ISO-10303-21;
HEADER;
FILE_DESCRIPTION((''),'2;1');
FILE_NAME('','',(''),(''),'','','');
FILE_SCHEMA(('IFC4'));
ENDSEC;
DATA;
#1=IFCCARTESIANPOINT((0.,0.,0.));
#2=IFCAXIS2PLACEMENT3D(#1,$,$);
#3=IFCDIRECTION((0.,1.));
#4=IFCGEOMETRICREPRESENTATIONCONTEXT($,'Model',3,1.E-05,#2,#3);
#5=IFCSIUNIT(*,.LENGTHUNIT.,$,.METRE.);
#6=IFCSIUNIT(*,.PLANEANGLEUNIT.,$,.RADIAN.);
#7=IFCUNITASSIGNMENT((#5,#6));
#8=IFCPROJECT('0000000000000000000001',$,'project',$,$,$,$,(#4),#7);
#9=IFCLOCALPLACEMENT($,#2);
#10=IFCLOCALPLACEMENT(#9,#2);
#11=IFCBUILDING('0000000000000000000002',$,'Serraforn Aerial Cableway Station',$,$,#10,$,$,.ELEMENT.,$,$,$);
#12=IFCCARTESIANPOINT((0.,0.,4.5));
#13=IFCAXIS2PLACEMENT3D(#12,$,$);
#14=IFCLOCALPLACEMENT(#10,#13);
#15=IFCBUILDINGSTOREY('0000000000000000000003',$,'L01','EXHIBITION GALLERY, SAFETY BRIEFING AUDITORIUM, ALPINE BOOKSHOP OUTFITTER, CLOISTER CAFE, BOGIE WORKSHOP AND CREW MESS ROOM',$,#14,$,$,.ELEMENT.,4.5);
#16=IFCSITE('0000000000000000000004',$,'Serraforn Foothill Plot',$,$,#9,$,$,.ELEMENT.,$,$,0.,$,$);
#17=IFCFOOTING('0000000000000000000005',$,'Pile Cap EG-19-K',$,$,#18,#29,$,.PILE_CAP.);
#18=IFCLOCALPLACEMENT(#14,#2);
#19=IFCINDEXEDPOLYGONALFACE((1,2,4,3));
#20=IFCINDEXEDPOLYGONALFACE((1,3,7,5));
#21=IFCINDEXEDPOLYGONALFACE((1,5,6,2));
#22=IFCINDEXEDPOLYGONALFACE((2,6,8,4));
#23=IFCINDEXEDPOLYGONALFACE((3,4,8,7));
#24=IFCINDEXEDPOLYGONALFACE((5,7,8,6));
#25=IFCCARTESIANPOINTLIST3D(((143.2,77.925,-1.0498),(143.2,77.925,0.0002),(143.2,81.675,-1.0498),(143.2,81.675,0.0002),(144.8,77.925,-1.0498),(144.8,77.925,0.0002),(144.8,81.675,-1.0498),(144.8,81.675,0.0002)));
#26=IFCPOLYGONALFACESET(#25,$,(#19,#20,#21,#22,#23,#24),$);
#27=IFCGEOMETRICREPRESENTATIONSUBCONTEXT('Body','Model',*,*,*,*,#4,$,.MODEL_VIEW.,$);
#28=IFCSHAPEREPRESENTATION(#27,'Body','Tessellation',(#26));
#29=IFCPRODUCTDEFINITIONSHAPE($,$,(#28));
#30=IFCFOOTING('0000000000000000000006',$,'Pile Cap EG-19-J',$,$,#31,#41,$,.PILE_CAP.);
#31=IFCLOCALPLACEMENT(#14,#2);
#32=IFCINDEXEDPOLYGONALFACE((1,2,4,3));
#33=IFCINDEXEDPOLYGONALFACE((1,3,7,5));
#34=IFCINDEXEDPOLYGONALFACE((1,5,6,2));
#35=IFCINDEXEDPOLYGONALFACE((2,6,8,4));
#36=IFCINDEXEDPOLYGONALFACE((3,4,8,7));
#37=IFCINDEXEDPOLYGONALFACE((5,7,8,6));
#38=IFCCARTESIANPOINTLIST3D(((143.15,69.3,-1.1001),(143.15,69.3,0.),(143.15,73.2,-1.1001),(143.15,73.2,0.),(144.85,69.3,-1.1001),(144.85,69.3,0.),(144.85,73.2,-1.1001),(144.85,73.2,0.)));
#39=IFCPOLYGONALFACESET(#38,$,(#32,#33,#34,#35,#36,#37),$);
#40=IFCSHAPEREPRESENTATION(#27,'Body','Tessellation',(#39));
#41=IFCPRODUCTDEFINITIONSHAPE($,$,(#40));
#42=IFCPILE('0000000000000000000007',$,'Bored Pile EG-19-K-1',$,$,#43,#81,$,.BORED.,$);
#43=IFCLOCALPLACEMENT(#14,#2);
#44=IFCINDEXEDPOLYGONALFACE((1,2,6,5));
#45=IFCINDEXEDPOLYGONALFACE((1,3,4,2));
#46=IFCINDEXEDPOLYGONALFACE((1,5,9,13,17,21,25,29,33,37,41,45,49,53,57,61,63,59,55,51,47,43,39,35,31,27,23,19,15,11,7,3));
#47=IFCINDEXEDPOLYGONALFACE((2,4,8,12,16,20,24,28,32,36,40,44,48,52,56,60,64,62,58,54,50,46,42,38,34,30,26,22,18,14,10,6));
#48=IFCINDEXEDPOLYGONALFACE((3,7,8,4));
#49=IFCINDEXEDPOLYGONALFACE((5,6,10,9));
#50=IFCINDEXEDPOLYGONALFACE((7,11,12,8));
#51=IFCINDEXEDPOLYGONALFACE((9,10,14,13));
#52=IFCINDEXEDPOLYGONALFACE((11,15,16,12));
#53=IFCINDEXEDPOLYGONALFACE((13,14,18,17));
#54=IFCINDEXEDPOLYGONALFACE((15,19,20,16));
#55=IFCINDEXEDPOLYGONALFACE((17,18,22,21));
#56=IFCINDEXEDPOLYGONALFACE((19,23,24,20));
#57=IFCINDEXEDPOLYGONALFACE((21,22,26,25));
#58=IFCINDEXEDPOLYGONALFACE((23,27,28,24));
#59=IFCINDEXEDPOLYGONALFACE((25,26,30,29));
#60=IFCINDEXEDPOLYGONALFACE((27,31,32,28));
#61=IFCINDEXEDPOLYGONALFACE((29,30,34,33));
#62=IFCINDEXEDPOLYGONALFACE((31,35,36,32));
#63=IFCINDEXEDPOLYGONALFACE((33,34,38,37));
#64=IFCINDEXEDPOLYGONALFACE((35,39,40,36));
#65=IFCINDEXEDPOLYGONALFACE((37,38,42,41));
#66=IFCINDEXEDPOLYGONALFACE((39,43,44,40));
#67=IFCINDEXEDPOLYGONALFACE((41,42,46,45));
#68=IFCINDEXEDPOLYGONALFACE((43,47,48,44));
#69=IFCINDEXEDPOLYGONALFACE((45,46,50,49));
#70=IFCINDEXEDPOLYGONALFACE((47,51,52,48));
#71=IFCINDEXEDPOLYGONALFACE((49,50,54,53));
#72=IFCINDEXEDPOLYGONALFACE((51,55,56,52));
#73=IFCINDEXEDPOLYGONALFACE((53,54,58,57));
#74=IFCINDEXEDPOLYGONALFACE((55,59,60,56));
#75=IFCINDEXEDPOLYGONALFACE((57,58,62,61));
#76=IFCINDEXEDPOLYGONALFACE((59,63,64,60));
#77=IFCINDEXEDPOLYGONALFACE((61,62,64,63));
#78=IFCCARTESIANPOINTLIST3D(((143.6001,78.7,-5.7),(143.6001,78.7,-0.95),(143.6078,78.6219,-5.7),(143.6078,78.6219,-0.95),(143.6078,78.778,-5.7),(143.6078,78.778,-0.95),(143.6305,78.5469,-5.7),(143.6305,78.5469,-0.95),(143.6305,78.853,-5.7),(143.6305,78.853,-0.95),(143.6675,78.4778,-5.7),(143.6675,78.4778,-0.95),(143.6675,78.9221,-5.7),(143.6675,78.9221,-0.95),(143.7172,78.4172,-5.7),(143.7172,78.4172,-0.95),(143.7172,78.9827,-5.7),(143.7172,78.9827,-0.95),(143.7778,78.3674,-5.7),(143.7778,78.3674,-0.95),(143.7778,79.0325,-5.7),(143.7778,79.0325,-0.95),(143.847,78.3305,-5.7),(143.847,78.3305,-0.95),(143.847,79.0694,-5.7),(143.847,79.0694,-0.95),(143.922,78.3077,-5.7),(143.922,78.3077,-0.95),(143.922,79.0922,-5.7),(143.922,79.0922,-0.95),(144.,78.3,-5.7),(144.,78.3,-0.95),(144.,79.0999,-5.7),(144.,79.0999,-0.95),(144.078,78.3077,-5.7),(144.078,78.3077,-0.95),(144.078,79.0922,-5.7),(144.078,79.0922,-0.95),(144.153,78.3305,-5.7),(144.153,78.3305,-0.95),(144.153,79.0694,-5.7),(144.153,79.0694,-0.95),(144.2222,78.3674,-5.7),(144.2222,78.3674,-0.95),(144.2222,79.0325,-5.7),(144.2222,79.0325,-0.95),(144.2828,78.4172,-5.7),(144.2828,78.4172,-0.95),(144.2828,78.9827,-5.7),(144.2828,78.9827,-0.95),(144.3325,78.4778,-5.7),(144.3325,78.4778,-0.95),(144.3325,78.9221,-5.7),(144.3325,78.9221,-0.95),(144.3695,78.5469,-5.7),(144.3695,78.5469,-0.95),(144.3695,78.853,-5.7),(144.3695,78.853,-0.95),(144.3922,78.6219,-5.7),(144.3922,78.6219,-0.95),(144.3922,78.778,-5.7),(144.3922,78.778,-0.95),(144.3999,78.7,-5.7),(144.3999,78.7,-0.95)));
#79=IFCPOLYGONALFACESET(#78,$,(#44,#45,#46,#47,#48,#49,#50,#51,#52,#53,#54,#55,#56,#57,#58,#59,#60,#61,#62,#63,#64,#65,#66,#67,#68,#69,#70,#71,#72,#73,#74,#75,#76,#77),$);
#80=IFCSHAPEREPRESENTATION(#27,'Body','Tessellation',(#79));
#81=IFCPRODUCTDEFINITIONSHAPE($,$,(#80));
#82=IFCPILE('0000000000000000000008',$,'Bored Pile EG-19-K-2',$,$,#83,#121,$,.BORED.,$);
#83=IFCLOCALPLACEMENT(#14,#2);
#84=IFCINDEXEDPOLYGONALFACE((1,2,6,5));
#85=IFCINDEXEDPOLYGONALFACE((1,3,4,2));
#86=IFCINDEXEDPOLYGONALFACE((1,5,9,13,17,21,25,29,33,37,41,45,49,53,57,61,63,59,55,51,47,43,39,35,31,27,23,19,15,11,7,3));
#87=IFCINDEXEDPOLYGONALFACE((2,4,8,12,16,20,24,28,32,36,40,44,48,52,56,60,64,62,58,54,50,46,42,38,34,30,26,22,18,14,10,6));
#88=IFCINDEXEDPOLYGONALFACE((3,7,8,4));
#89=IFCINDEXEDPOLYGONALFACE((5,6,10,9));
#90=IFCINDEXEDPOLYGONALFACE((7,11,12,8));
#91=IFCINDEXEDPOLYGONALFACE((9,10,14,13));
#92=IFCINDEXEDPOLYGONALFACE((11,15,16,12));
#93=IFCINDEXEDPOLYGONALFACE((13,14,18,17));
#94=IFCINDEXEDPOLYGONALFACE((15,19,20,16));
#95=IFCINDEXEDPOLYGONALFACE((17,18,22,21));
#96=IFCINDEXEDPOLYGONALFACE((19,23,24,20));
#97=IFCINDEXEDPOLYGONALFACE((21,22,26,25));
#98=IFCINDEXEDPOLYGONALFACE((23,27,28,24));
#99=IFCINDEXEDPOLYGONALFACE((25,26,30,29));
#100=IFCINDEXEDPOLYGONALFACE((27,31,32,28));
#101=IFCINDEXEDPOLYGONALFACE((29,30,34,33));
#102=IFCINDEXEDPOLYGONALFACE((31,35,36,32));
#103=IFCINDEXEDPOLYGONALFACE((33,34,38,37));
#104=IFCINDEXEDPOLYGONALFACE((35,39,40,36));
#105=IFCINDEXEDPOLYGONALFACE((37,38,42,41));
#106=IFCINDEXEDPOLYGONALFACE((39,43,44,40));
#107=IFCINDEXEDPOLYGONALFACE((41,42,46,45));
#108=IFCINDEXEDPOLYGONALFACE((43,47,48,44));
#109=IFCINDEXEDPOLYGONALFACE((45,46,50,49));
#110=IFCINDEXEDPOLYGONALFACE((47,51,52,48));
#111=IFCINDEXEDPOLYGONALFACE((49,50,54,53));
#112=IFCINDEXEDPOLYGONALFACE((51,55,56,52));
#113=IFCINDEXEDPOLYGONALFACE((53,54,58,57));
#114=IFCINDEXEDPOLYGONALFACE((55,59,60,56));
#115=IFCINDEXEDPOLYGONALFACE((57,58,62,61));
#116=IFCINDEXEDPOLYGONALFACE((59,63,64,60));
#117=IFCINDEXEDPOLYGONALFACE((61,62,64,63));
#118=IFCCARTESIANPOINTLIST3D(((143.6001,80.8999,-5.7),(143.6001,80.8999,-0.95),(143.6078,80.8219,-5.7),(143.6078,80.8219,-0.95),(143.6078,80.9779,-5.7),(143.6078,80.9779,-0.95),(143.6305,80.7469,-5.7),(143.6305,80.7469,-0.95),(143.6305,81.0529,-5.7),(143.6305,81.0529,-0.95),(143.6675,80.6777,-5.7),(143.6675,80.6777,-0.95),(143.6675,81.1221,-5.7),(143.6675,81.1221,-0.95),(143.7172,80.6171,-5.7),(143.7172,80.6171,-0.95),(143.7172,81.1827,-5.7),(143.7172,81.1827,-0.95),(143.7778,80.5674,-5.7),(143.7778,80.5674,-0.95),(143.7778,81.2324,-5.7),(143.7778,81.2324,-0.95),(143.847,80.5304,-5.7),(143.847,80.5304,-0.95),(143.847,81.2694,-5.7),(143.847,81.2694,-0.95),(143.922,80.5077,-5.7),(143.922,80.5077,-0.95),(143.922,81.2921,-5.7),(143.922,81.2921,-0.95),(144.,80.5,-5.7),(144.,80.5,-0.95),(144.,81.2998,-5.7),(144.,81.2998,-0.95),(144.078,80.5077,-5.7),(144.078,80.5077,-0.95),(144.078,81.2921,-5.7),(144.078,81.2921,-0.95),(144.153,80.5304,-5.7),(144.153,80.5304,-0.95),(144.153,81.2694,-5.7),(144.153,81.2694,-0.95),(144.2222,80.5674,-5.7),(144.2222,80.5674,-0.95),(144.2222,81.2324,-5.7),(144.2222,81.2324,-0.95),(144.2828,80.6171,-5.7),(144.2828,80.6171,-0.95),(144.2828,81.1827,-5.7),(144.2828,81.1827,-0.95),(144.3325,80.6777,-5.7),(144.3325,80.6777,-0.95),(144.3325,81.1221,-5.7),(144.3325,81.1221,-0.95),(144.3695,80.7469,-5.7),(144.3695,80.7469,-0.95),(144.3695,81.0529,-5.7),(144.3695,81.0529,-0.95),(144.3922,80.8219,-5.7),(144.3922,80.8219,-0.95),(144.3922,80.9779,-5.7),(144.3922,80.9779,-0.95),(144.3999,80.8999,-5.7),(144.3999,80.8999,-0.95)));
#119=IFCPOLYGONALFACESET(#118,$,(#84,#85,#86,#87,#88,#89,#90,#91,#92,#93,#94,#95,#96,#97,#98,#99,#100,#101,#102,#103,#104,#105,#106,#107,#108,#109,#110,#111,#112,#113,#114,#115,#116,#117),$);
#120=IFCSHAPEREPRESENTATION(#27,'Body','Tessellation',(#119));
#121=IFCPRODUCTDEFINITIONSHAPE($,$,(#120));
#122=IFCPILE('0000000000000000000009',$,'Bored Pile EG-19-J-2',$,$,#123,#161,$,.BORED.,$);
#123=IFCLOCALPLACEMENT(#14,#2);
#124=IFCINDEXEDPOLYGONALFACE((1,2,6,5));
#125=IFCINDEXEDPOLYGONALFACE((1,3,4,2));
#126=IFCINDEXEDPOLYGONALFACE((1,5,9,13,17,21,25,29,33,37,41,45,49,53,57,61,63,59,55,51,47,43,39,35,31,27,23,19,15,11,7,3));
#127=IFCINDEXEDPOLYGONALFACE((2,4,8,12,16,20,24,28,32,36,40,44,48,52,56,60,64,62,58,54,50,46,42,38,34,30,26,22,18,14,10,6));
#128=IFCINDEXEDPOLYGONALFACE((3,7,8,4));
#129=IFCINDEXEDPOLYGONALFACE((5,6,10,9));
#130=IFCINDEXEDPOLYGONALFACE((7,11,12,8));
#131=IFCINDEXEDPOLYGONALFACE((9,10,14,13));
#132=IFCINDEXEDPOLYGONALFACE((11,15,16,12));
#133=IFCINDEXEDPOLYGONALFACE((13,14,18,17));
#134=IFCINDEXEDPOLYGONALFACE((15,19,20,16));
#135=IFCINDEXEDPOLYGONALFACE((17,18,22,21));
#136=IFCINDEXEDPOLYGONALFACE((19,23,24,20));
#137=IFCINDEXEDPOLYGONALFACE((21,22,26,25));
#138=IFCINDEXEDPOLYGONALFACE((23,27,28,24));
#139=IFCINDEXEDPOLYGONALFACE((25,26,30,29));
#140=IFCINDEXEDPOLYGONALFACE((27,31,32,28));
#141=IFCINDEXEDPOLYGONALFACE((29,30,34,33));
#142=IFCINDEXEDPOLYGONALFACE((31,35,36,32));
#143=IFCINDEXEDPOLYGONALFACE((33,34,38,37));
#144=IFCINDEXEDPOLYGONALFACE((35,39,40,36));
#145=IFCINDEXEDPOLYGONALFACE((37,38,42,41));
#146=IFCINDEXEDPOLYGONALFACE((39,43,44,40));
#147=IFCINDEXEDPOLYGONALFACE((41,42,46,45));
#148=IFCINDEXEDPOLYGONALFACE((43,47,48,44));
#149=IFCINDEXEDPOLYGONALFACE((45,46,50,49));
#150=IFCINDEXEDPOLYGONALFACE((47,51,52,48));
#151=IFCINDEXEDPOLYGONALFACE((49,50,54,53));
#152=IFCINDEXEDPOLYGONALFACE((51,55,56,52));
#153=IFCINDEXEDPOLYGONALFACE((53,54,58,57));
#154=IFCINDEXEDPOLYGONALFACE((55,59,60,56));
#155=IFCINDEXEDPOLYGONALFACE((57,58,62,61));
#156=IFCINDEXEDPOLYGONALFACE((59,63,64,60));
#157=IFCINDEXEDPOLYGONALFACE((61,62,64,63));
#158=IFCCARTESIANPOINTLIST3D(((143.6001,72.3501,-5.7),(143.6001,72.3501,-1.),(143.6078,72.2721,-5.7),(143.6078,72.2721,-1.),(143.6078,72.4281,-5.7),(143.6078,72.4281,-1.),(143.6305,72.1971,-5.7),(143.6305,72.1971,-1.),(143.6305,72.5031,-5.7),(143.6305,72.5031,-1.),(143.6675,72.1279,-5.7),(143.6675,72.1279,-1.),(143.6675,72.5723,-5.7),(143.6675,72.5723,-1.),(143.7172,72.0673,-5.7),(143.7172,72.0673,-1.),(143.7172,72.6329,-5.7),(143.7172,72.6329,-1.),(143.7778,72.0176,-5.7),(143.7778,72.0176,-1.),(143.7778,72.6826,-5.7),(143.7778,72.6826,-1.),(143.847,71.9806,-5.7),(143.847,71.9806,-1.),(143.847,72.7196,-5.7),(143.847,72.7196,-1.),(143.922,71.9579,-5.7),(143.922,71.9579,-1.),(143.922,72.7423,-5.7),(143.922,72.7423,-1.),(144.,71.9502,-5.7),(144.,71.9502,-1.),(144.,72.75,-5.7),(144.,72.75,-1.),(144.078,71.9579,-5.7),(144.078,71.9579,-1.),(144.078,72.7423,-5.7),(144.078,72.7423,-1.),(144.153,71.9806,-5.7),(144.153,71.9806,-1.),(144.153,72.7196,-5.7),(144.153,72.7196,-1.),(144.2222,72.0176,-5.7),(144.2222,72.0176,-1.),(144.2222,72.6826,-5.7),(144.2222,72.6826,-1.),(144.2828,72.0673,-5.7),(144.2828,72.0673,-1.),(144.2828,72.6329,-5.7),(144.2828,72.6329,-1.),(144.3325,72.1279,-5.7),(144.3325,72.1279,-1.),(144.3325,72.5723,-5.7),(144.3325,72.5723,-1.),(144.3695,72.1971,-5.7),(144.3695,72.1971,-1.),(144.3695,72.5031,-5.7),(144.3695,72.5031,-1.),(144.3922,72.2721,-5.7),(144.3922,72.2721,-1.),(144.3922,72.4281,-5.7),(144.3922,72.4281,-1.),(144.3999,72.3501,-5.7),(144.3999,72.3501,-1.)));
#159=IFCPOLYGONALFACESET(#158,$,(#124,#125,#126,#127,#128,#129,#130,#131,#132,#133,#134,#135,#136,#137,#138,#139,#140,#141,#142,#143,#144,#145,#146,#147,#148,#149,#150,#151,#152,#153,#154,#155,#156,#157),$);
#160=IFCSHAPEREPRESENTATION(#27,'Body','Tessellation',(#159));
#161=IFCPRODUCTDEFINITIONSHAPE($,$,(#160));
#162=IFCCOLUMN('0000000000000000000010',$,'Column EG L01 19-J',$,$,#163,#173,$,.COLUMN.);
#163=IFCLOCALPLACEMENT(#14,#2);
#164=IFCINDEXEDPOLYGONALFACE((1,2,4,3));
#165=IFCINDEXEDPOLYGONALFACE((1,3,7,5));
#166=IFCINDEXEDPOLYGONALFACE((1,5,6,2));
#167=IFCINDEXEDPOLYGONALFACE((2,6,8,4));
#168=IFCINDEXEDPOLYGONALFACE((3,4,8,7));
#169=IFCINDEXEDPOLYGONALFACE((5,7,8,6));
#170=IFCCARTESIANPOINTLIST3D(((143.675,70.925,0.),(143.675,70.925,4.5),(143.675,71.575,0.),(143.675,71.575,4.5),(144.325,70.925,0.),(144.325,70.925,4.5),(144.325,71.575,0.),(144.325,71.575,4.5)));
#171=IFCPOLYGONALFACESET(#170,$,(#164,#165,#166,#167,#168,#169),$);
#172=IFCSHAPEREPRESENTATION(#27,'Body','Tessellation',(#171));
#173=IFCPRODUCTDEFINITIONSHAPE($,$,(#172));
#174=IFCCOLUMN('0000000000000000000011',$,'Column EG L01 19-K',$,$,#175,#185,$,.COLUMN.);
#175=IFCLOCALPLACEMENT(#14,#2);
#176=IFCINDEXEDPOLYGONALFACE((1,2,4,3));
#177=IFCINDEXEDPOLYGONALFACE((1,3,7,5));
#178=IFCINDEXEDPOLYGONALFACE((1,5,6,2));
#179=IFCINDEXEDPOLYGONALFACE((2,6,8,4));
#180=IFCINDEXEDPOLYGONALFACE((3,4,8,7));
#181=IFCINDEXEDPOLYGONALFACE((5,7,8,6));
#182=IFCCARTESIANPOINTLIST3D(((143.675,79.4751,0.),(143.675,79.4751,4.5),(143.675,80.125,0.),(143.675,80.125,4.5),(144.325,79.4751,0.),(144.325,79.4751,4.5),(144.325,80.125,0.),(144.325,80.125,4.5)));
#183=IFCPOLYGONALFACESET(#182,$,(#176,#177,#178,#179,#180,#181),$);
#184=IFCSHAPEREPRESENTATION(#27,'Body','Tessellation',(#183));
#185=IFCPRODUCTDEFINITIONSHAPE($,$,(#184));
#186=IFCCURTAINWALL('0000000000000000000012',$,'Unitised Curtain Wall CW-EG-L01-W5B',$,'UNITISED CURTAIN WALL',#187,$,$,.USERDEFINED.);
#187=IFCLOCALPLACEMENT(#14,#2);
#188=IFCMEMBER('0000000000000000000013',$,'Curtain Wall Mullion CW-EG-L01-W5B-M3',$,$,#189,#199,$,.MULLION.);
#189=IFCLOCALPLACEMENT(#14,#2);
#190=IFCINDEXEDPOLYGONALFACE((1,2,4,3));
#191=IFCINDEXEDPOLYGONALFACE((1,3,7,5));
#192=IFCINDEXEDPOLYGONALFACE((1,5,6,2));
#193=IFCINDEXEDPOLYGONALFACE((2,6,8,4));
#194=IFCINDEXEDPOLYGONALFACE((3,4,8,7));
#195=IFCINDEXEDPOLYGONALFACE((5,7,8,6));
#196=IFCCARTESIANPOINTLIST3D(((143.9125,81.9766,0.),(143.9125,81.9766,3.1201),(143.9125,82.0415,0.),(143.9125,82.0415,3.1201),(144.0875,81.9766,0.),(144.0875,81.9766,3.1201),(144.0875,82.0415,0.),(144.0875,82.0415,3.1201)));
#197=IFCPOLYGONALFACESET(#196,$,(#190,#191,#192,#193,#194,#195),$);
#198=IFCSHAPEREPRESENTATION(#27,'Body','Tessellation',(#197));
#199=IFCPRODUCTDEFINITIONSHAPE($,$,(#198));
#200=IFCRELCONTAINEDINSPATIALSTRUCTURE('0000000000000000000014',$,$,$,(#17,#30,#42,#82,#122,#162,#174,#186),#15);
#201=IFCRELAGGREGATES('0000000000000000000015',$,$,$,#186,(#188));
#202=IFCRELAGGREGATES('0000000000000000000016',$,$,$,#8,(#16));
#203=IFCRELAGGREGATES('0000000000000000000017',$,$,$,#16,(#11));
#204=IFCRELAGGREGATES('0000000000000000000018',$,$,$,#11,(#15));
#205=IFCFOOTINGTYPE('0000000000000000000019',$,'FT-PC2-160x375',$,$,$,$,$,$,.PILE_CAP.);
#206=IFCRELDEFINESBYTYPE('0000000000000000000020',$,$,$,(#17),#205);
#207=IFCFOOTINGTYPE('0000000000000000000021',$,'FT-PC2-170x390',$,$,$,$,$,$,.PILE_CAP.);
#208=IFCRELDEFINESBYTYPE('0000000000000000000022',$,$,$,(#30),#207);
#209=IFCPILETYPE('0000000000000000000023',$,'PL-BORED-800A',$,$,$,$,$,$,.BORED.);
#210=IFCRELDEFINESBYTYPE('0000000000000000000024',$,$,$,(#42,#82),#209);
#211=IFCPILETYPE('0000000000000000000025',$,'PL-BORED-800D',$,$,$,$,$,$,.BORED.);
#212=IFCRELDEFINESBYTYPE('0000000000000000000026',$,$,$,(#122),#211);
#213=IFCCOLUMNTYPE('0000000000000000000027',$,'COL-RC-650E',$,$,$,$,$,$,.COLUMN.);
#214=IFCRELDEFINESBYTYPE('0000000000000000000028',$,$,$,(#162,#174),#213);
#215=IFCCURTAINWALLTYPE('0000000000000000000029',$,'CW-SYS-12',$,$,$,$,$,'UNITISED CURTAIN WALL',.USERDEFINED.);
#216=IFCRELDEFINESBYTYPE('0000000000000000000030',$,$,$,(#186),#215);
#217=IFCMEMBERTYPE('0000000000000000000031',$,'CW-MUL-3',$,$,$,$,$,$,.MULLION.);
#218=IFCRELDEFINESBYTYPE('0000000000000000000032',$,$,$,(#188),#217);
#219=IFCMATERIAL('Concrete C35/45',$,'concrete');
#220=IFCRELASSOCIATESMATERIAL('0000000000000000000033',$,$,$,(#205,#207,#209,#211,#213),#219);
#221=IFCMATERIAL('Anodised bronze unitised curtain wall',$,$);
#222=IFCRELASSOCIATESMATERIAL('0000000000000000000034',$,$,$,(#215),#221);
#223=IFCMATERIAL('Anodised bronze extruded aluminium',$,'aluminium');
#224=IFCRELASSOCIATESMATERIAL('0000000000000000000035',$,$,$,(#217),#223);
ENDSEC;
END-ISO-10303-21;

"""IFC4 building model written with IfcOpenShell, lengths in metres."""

from ifc_helpers import new_model, si_unit, direction, frame, origin, origin_2d, place, context, subcontext, project, spatial, rectangle, circle, extrude, material, material_profile, profile_set, type_object, element, aggregate, save


model = new_model("IFC4")

# Units and contexts
model_context = context("Model", 3, precision=1e-05, world=origin(), true_north=direction((0.0, 1.0)))
body_context = subcontext(model_context, "Body", "Model", "MODEL_VIEW")
ifc_project = project(units=[si_unit("LENGTHUNIT", "METRE"), si_unit("PLANEANGLEUNIT", "RADIAN")], contexts=[model_context])

# Site, building, storey
site_placement = place(None, origin())
site = spatial("IfcSite", under=ifc_project, at=site_placement, Name="Serraforn Foothill Plot", CompositionType="ELEMENT", RefElevation=0.0)
building_placement = place(site_placement, origin())
building = spatial("IfcBuilding", under=site, at=building_placement, Name="Serraforn Aerial Cableway Station", CompositionType="ELEMENT")
storey_placement = place(building_placement, frame((0.0, 0.0, 4.5)))
storey = spatial("IfcBuildingStorey", under=building, at=storey_placement, Name="L01", Description="EXHIBITION GALLERY, SAFETY BRIEFING AUDITORIUM, ALPINE BOOKSHOP OUTFITTER, CLOISTER CAFE, BOGIE WORKSHOP AND CREW MESS ROOM", CompositionType="ELEMENT", Elevation=4.5)

# Footings
ifc_material_1 = material(Name="Concrete C35/45", Category="concrete")
footing_type_1 = type_object("IfcFootingType", Name="FT-PC2-160x375", PredefinedType="PILE_CAP", material=ifc_material_1)
footing_1_placement = place(storey_placement, frame((144.0, 79.8, -1.0498), z_axis=(0.0, 0.0, 1.0), x_axis=(1.0, 0.0, 0.0)))
element("IfcFooting", 1, at=footing_1_placement, inside=storey, type_object=footing_type_1, Name="Pile Cap EG-19-K", PredefinedType="PILE_CAP", context=body_context, shape_type="SweptSolid", body=[
    extrude(rectangle(XDim=1.6001, YDim=3.75, at=origin_2d()), origin(), (0.0, 0.0, 1.0), 1.05),
])
footing_type_2 = type_object("IfcFootingType", Name="FT-PC2-170x390", PredefinedType="PILE_CAP", material=ifc_material_1)
footing_2_placement = place(storey_placement, frame((144.0, 71.25, -1.1001), z_axis=(0.0, 0.0, 1.0), x_axis=(1.0, 0.0, 0.0)))
element("IfcFooting", 2, at=footing_2_placement, inside=storey, type_object=footing_type_2, Name="Pile Cap EG-19-J", PredefinedType="PILE_CAP", context=body_context, shape_type="SweptSolid", body=[
    extrude(rectangle(XDim=1.7, YDim=3.8999, at=origin_2d()), origin(), (0.0, 0.0, 1.0), 1.1001),
])

# Piles
ifc_material_profile_1 = material_profile(ifc_material_1, circle(Radius=0.3999, at=origin_2d()), Name="BORED PILE D800")
ifc_profile_set_1 = profile_set([ifc_material_profile_1], Name="Concrete C35/45")
pile_type_1 = type_object("IfcPileType", Name="PL-BORED-800A", PredefinedType="BORED", material=ifc_profile_set_1)
for number, where, z_axis, x_axis, name in (
    (3, (144.0, 78.7, -0.95), (0.0, 0.0, -1.0), (1.0, 0.0, 0.0), "Bored Pile EG-19-K-1"),
    (4, (144.0, 80.8999, -0.95), (0.0, 0.0, -1.0), (1.0, 0.0, 0.0), "Bored Pile EG-19-K-2"),
):
    element("IfcPile", number, at=place(storey_placement, frame(where, z_axis=z_axis, x_axis=x_axis)), inside=storey, type_object=pile_type_1, Name=name, PredefinedType="BORED", context=body_context, shape_type="SweptSolid", body=[
        extrude(circle(Radius=0.3999, at=origin_2d()), origin(), (0.0, 0.0, 1.0), 4.75),
    ])
ifc_material_profile_2 = material_profile(ifc_material_1, circle(Radius=0.3999, at=origin_2d()), Name="BORED PILE D800")
ifc_profile_set_2 = profile_set([ifc_material_profile_2], Name="Concrete C35/45")
pile_type_2 = type_object("IfcPileType", Name="PL-BORED-800D", PredefinedType="BORED", material=ifc_profile_set_2)
pile_placement = place(storey_placement, frame((144.0, 72.3501, -1.0), z_axis=(0.0, 0.0, -1.0), x_axis=(1.0, 0.0, 0.0)))
element("IfcPile", 5, at=pile_placement, inside=storey, type_object=pile_type_2, Name="Bored Pile EG-19-J-2", PredefinedType="BORED", context=body_context, shape_type="SweptSolid", body=[
    extrude(circle(Radius=0.3999, at=origin_2d()), origin(), (0.0, 0.0, 1.0), 4.7),
])

# Columns
ifc_material_profile_3 = material_profile(ifc_material_1, rectangle(XDim=0.6499, YDim=0.6499, at=origin_2d()), Name="RC 650x650")
ifc_profile_set_3 = profile_set([ifc_material_profile_3], Name="Concrete C35/45")
column_type = type_object("IfcColumnType", Name="COL-RC-650E", PredefinedType="COLUMN", material=ifc_profile_set_3)
for number, where, z_axis, x_axis, name in (
    (6, (144.0, 71.25, 0.0), (0.0, 0.0, 1.0), (1.0, 0.0, 0.0), "Column EG L01 19-J"),
    (7, (144.0, 79.8, 0.0), (0.0, 0.0, 1.0), (1.0, 0.0, 0.0), "Column EG L01 19-K"),
):
    element("IfcColumn", number, at=place(storey_placement, frame(where, z_axis=z_axis, x_axis=x_axis)), inside=storey, type_object=column_type, Name=name, PredefinedType="COLUMN", context=body_context, shape_type="SweptSolid", body=[
        extrude(rectangle(XDim=0.6499, YDim=0.6499, at=origin_2d()), origin(), (0.0, 0.0, 1.0), 4.5),
    ])

# Curtain wall, member
ifc_material_2 = material(Name="Anodised bronze unitised curtain wall")
curtain_wall_type_1 = type_object("IfcCurtainWallType", Name="CW-SYS-12", ElementType="UNITISED CURTAIN WALL", PredefinedType="USERDEFINED", material=ifc_material_2)
curtain_wall_1_placement = place(storey_placement, origin())
curtain_wall_1 = element("IfcCurtainWall", 8, at=curtain_wall_1_placement, inside=storey, type_object=curtain_wall_type_1, Name="Unitised Curtain Wall CW-EG-L01-W5B", ObjectType="UNITISED CURTAIN WALL", PredefinedType="USERDEFINED")
ifc_material_3 = material(Name="Anodised bronze extruded aluminium", Category="aluminium")
ifc_material_profile_4 = material_profile(ifc_material_3, rectangle(XDim=0.0649, YDim=0.175, at=origin_2d()), Name="CW MULLION 65x175")
ifc_profile_set_4 = profile_set([ifc_material_profile_4], Name="Anodised bronze extruded aluminium")
member_type_1 = type_object("IfcMemberType", Name="CW-MUL-3", PredefinedType="MULLION", material=ifc_profile_set_4)
member_1_placement = place(storey_placement, frame((144.0, 82.009, 0.0), z_axis=(0.0, 0.0, 1.0), x_axis=(0.0, -1.0, 0.0)))
member_1 = element("IfcMember", 9, at=member_1_placement, type_object=member_type_1, Name="Curtain Wall Mullion CW-EG-L01-W5B-M3", PredefinedType="MULLION", context=body_context, shape_type="SweptSolid", body=[
    extrude(rectangle(XDim=0.0649, YDim=0.175, at=origin_2d()), origin(), (0.0, 0.0, 1.0), 3.1201),
])

aggregate(curtain_wall_1, [member_1])

save(model, "model.ifc")
